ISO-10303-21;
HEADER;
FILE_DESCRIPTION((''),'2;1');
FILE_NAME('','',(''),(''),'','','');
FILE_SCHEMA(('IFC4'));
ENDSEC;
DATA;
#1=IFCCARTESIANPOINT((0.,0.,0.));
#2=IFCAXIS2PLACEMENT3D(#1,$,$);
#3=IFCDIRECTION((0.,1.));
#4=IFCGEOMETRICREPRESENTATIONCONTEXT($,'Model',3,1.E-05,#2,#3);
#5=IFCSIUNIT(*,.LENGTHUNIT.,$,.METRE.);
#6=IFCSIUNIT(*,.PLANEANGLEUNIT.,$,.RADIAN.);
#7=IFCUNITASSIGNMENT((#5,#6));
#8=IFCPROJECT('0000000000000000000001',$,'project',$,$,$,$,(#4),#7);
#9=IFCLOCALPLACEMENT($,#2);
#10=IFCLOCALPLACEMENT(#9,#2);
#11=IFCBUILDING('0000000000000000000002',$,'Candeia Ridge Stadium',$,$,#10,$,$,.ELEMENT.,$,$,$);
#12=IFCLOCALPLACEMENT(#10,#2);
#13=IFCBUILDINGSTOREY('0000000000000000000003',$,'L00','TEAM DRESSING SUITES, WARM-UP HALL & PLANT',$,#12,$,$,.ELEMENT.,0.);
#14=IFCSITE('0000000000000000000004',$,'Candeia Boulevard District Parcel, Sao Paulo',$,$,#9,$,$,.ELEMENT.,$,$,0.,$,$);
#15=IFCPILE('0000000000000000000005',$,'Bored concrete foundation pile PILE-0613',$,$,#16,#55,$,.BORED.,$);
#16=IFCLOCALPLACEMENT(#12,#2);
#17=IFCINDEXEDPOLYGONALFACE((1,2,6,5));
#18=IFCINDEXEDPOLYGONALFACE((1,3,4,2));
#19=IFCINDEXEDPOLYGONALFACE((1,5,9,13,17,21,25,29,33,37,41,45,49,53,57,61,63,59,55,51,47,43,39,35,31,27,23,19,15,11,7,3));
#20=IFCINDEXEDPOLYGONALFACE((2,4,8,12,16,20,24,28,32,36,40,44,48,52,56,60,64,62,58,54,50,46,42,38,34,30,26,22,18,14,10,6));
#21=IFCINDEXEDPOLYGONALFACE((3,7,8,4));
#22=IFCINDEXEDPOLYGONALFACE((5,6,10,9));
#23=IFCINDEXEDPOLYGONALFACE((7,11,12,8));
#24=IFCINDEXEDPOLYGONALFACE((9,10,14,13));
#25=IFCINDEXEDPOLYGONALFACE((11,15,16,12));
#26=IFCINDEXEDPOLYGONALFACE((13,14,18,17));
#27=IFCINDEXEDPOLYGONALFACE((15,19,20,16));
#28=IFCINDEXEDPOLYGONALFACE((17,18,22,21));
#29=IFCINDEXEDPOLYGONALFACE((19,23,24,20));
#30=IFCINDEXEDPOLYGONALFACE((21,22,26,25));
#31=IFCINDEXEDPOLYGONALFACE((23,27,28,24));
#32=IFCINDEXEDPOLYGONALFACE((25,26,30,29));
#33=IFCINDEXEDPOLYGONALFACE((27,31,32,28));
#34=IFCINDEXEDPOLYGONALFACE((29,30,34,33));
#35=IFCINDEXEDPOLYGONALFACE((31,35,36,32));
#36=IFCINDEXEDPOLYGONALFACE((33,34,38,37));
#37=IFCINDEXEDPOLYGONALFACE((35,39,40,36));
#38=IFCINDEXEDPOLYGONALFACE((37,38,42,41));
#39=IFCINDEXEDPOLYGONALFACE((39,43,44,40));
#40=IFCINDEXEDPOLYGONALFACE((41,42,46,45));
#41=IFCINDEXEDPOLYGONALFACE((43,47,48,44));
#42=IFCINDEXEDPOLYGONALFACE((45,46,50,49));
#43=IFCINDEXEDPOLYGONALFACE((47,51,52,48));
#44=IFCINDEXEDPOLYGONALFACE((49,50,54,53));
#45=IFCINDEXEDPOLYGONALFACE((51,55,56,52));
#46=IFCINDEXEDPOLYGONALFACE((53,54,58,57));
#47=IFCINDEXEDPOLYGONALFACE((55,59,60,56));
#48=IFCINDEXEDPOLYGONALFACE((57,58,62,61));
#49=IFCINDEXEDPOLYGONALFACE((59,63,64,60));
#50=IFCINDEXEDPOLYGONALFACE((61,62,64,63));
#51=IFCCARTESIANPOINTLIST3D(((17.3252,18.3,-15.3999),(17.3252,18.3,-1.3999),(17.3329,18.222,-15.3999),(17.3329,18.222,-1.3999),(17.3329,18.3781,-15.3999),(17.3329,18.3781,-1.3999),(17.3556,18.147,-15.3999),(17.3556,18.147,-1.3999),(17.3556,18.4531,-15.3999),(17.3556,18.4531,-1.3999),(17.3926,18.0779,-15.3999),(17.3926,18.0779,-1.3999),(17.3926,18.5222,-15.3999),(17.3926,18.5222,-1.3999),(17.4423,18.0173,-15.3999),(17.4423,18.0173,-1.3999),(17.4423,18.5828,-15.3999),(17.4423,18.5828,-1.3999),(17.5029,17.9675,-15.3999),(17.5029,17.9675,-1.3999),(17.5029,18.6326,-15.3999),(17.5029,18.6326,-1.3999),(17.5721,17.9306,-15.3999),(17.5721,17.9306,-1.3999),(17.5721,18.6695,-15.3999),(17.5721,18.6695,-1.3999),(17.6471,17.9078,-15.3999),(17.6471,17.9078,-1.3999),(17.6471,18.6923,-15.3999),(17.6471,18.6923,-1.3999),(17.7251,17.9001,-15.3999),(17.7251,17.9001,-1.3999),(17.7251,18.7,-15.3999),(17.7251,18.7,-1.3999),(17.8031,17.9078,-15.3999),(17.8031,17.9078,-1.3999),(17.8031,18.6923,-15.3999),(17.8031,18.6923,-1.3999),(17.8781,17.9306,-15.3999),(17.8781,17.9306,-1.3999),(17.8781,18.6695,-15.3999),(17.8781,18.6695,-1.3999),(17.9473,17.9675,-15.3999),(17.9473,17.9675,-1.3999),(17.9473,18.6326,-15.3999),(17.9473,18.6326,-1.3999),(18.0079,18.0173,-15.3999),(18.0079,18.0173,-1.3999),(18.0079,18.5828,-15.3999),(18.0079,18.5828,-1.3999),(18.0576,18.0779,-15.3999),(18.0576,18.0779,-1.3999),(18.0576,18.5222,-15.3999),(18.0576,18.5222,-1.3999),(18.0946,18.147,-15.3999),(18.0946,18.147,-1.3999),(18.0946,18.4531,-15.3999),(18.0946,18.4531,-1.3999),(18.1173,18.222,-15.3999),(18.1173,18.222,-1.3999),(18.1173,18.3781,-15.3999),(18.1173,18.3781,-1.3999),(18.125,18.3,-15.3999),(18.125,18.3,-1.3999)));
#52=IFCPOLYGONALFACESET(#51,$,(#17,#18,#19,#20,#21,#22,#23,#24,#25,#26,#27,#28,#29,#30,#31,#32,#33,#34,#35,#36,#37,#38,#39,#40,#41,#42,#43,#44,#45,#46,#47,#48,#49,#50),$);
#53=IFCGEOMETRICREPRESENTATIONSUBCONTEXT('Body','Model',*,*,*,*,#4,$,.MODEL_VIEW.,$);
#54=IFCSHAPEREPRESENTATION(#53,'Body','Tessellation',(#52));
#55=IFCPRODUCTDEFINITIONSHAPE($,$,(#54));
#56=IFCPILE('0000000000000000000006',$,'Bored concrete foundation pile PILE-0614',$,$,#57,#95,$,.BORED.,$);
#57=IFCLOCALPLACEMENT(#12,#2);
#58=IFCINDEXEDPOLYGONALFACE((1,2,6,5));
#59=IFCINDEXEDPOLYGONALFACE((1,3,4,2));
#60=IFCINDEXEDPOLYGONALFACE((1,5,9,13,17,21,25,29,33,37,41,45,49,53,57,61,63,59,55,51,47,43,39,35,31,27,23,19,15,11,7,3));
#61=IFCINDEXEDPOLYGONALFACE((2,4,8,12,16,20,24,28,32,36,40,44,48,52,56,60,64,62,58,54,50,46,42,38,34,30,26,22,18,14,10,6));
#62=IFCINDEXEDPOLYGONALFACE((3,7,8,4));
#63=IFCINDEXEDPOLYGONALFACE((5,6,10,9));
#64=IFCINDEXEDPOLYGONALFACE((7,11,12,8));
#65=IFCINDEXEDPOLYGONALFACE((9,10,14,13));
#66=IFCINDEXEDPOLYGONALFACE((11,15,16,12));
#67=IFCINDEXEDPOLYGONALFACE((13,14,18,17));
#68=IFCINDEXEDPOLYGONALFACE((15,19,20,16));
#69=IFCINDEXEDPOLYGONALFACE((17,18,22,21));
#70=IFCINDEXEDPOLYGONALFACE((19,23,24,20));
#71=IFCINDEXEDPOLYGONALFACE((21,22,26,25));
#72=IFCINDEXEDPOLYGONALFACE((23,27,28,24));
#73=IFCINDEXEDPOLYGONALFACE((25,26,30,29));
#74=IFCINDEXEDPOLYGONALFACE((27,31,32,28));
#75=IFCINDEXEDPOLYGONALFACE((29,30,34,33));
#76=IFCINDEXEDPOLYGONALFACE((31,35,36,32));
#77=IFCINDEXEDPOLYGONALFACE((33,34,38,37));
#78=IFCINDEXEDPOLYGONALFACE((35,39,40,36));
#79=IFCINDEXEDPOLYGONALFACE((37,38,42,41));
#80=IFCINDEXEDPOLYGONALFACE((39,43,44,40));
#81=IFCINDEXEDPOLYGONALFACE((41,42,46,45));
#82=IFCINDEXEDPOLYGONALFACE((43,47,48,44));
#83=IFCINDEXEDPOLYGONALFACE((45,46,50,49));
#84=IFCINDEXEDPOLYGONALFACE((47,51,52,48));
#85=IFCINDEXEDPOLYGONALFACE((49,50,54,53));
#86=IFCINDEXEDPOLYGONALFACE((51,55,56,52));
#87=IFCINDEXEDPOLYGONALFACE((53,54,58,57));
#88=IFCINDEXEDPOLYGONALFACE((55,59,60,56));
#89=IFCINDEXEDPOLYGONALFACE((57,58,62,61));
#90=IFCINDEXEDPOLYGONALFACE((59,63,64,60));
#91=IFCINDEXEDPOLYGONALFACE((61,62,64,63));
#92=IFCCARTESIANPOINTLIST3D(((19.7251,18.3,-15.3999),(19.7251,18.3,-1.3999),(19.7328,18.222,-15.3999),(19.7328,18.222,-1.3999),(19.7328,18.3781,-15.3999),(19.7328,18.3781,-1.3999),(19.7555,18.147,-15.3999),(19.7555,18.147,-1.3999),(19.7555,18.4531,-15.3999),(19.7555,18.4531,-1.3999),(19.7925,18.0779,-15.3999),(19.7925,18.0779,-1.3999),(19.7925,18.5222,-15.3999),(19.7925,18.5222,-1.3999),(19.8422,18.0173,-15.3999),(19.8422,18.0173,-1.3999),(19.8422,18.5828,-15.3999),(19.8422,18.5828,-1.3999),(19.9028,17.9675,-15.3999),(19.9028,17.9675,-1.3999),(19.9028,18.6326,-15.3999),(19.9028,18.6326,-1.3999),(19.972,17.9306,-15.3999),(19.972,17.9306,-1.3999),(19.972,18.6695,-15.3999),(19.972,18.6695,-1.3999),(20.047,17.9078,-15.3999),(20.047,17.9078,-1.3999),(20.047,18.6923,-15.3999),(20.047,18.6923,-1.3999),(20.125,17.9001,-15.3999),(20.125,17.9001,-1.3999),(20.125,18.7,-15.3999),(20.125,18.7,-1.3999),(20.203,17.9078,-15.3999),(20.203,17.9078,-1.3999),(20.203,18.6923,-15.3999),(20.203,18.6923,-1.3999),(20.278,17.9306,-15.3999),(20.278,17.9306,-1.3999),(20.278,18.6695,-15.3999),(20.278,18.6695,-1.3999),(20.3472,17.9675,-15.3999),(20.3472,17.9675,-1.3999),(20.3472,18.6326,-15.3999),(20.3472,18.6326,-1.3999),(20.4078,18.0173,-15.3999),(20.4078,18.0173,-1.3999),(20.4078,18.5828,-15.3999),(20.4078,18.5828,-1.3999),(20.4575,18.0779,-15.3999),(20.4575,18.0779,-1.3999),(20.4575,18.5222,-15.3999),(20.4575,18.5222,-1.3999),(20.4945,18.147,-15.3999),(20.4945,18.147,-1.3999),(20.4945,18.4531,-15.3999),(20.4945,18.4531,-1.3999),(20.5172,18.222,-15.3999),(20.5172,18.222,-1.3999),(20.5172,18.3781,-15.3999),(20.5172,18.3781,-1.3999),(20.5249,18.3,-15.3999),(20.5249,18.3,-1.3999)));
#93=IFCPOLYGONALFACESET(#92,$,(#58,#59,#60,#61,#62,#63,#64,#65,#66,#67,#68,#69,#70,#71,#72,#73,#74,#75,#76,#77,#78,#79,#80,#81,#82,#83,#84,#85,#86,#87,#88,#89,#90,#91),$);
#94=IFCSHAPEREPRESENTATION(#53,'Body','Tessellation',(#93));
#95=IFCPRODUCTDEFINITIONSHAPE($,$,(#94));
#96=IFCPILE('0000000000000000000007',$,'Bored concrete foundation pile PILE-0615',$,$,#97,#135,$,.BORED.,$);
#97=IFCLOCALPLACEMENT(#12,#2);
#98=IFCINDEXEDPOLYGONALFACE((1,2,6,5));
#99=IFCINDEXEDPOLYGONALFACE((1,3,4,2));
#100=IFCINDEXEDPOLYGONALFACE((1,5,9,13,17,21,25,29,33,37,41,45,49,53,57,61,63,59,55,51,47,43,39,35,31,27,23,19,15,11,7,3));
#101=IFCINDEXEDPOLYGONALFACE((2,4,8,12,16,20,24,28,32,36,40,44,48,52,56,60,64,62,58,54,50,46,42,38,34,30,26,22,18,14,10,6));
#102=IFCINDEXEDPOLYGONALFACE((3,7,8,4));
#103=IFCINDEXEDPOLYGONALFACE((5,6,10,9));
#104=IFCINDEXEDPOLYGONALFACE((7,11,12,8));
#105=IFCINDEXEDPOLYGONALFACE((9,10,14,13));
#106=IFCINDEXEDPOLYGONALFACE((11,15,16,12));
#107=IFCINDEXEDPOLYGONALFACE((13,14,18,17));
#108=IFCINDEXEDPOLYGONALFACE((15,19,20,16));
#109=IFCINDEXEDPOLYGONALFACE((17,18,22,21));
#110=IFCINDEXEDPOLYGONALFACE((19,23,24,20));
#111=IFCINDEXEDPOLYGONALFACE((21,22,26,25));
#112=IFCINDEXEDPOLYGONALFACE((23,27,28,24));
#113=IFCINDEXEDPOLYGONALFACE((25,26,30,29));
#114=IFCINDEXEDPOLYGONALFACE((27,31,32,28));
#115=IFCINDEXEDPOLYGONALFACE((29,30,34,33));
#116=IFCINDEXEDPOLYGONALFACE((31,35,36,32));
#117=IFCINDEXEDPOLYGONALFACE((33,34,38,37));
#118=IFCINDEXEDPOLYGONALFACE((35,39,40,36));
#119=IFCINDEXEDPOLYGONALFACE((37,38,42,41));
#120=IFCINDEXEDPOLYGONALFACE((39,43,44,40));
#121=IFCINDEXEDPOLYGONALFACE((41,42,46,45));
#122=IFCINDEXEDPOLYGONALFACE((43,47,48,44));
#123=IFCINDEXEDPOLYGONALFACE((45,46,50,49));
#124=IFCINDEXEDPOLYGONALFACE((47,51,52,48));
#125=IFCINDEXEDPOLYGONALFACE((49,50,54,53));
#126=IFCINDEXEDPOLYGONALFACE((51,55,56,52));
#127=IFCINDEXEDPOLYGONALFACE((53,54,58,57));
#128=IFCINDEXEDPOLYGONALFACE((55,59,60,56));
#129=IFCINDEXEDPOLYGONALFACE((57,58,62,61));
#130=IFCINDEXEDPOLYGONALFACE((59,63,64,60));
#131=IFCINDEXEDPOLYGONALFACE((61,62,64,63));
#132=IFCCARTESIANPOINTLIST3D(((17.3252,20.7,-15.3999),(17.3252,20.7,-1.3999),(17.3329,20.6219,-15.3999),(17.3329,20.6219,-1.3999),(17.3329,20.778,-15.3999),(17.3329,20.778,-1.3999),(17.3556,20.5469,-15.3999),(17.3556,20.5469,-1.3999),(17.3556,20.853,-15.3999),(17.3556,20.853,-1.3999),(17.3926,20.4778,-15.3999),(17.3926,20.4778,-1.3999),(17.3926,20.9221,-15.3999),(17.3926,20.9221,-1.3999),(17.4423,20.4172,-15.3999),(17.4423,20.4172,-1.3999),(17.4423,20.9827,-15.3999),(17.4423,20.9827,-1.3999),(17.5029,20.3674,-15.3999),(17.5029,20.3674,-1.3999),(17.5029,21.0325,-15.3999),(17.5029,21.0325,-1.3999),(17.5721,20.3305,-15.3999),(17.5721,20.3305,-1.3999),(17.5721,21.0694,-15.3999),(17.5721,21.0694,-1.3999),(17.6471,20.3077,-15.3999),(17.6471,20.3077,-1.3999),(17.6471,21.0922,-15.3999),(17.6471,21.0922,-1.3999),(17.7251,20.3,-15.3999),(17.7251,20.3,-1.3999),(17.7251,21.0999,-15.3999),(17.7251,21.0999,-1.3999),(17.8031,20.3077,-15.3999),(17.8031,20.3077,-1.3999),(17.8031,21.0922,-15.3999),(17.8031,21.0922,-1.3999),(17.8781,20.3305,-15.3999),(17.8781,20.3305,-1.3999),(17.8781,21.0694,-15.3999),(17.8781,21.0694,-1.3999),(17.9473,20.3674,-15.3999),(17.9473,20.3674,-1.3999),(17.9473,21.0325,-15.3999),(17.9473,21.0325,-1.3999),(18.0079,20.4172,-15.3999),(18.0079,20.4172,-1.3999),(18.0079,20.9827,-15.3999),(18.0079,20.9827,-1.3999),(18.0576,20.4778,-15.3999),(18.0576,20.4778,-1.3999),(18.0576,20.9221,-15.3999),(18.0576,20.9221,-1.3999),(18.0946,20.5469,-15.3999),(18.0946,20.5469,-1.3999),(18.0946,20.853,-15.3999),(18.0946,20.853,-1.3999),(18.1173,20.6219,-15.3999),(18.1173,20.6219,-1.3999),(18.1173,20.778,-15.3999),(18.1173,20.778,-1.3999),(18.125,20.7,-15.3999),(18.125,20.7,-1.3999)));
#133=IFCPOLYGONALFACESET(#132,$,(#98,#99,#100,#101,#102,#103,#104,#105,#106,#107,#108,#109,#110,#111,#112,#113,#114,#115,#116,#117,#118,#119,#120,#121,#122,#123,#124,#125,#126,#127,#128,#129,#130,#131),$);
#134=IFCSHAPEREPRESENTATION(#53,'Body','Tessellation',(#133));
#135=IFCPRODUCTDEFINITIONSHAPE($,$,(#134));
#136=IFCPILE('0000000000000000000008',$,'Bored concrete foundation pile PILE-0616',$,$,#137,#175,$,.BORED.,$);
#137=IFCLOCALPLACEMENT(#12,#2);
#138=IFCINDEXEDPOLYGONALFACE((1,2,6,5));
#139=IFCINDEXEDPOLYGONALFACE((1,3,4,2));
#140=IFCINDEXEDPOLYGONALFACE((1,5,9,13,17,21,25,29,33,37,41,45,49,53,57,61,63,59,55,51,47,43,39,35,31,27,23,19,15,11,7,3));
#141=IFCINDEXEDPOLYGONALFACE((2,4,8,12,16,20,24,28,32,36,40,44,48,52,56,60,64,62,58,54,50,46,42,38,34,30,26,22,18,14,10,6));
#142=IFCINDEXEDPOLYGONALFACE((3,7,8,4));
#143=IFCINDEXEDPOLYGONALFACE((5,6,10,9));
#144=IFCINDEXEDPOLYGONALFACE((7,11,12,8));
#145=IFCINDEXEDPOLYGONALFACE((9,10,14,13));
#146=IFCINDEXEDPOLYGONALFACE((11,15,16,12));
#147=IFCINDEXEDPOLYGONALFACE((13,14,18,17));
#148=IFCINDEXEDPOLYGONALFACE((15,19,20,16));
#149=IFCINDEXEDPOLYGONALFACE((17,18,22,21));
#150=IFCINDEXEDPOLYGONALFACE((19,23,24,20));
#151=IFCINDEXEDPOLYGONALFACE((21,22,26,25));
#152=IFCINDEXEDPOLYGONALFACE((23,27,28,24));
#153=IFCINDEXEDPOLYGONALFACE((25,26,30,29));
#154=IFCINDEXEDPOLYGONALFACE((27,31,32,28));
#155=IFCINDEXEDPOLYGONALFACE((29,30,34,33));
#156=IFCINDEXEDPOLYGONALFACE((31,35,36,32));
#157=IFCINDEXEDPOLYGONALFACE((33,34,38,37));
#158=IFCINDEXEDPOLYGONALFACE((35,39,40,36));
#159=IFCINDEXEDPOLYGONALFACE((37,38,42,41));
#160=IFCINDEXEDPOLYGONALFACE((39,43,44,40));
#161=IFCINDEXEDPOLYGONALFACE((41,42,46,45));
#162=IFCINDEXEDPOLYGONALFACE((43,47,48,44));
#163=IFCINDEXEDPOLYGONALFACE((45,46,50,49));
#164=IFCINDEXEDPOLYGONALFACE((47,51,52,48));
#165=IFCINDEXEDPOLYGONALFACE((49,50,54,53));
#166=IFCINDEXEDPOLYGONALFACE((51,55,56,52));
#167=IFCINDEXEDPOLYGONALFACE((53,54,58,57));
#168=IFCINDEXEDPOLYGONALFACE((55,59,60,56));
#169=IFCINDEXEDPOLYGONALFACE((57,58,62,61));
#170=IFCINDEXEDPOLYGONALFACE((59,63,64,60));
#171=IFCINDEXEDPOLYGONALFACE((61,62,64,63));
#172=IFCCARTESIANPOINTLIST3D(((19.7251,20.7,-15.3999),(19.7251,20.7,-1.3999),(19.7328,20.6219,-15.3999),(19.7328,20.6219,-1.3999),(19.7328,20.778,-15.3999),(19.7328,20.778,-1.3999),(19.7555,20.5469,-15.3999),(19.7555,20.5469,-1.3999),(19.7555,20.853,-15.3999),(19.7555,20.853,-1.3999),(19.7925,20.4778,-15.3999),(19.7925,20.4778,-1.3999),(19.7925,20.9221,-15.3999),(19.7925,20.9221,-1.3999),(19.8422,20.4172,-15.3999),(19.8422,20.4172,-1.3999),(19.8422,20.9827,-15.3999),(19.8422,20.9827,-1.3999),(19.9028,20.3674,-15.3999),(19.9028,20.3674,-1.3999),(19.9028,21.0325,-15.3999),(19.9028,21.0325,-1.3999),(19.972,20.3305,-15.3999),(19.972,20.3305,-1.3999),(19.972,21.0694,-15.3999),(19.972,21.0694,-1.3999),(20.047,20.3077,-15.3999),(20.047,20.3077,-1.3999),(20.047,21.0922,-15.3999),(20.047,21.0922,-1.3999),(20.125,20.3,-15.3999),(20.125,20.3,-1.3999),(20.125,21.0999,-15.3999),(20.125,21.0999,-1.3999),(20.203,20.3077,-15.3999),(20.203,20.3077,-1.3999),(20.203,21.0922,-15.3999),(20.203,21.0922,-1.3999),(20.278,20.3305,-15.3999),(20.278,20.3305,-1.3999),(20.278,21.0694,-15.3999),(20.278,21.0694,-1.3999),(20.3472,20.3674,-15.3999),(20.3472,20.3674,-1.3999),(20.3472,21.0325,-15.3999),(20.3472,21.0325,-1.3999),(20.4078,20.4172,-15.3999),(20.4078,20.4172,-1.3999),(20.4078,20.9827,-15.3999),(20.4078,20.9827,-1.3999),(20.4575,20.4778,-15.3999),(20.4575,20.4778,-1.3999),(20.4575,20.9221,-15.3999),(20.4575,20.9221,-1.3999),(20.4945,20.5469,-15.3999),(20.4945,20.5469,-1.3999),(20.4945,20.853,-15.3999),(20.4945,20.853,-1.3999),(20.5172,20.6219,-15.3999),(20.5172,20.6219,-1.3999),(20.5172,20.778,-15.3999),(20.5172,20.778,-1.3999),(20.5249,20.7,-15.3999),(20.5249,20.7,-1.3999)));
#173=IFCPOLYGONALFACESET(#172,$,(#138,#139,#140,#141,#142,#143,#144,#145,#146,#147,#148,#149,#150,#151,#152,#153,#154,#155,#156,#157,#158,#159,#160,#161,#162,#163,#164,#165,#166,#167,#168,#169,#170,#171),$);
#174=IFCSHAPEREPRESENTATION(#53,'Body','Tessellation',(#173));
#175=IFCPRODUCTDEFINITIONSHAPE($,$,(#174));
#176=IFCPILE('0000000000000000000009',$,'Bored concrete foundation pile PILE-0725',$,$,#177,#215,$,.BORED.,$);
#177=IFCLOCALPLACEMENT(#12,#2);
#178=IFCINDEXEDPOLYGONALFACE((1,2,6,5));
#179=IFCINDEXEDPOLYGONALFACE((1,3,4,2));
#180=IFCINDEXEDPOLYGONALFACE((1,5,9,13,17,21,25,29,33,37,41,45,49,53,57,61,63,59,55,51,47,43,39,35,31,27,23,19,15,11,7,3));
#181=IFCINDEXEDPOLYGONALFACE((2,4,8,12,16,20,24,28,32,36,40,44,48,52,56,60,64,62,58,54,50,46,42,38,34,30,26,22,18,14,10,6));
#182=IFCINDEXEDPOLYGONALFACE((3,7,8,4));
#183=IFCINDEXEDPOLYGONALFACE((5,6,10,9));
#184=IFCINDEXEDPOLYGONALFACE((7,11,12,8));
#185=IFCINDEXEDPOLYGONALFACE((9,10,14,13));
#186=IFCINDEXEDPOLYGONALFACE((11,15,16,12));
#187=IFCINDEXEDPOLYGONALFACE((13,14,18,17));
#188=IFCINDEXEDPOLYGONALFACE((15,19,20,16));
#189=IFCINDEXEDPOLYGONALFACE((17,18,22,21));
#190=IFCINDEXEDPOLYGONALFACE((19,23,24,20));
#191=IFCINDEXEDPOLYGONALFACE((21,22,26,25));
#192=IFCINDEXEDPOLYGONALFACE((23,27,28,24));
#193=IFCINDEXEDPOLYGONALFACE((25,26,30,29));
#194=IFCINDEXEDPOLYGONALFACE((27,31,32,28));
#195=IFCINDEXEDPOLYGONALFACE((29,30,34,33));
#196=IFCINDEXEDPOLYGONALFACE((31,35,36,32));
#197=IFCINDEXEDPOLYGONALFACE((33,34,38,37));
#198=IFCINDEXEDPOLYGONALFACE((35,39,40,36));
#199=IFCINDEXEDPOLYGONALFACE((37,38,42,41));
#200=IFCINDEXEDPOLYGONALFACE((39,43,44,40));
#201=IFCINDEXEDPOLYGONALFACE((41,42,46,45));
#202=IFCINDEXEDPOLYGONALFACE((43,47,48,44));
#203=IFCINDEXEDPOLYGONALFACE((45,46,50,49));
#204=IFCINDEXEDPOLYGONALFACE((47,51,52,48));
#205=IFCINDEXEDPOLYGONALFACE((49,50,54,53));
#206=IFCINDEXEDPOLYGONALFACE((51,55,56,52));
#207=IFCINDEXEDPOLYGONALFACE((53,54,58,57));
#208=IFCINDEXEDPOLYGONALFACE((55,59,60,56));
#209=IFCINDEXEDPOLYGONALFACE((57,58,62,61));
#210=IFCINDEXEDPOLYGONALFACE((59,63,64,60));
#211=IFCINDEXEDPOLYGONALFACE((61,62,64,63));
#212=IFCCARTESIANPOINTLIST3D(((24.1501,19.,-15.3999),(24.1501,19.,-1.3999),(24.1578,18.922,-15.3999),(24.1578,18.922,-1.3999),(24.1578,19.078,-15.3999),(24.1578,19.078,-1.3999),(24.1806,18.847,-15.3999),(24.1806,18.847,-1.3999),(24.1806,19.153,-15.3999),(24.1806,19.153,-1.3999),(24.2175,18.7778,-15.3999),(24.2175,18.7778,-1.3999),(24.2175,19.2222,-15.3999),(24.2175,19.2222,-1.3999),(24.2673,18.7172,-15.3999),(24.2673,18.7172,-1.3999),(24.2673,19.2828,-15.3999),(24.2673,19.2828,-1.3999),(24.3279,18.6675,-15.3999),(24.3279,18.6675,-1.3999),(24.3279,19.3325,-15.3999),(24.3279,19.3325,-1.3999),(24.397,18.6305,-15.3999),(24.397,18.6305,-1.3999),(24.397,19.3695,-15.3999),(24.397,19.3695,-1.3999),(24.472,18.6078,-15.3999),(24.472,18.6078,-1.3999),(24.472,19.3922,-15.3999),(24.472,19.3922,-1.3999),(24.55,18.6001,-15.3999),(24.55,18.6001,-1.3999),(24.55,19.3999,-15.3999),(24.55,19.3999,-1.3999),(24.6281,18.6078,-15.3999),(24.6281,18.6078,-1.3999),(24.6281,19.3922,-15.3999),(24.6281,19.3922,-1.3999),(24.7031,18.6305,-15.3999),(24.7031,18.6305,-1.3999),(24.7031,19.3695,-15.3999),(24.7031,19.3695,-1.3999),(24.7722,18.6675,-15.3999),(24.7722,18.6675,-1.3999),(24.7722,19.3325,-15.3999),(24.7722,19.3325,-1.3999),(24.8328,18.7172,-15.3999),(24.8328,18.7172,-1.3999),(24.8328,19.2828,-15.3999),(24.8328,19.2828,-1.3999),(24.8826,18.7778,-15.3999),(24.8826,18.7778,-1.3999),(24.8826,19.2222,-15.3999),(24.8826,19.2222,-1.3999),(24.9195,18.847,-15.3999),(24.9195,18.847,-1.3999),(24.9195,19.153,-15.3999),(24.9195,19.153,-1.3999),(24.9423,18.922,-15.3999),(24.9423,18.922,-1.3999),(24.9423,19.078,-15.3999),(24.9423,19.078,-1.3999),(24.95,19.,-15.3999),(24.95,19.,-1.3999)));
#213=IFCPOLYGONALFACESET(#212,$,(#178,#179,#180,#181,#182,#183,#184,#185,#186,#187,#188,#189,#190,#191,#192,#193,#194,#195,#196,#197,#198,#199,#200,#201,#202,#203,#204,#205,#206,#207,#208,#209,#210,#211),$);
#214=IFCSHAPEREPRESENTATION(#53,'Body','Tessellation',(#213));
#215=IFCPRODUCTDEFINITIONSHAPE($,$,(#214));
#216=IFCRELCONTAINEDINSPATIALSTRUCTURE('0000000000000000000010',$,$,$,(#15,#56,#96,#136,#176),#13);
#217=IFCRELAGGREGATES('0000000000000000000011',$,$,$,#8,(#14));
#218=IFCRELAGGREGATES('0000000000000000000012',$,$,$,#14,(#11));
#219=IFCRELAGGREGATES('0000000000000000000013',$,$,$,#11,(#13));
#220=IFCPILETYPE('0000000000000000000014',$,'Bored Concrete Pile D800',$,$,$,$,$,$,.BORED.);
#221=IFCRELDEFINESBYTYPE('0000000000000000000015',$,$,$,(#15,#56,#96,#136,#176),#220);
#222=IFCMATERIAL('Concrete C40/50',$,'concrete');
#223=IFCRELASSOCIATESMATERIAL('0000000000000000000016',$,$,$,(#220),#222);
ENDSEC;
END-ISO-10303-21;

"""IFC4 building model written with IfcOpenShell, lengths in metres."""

from ifc_helpers import new_model, si_unit, direction, frame, origin, origin_2d, place, context, subcontext, project, spatial, circle, extrude, material, material_profile, profile_set, type_object, element, save


model = new_model("IFC4")

# Units and contexts
model_context = context("Model", 3, precision=1e-05, world=origin(), true_north=direction((0.0, 1.0)))
body_context = subcontext(model_context, "Body", "Model", "MODEL_VIEW")
ifc_project = project(units=[si_unit("LENGTHUNIT", "METRE"), si_unit("PLANEANGLEUNIT", "RADIAN")], contexts=[model_context])

# Site, building, storey
site_placement = place(None, origin())
site = spatial("IfcSite", under=ifc_project, at=site_placement, Name="Candeia Boulevard District Parcel, Sao Paulo", CompositionType="ELEMENT", RefElevation=0.0)
building_placement = place(site_placement, origin())
building = spatial("IfcBuilding", under=site, at=building_placement, Name="Candeia Ridge Stadium", CompositionType="ELEMENT")
storey_placement = place(building_placement, origin())
storey = spatial("IfcBuildingStorey", under=building, at=storey_placement, Name="L00", Description="TEAM DRESSING SUITES, WARM-UP HALL & PLANT", CompositionType="ELEMENT", Elevation=0.0)

# Piles
ifc_material_1 = material(Name="Concrete C40/50", Category="concrete")
ifc_material_profile_1 = material_profile(ifc_material_1, circle(Radius=0.3999, at=origin_2d()), Name="PILE-D800", Category="concrete")
ifc_profile_set_1 = profile_set([ifc_material_profile_1], Name="Concrete C40/50")
pile_type = type_object("IfcPileType", Name="Bored Concrete Pile D800", PredefinedType="BORED", material=ifc_profile_set_1)
for number, where, z_axis, x_axis, name in (
    (1, (17.7251, 18.3, -1.3999), (0.0, 0.0, -1.0), (1.0, 0.0, 0.0), "Bored concrete foundation pile PILE-0613"),
    (2, (20.125, 18.3, -1.3999), (0.0, 0.0, -1.0), (1.0, 0.0, 0.0), "Bored concrete foundation pile PILE-0614"),
    (3, (17.7251, 20.7, -1.3999), (0.0, 0.0, -1.0), (1.0, 0.0, 0.0), "Bored concrete foundation pile PILE-0615"),
    (4, (20.125, 20.7, -1.3999), (0.0, 0.0, -1.0), (1.0, 0.0, 0.0), "Bored concrete foundation pile PILE-0616"),
    (5, (24.55, 19.0, -1.3999), (0.0, 0.0, -1.0), (1.0, 0.0, 0.0), "Bored concrete foundation pile PILE-0725"),
):
    element("IfcPile", number, at=place(storey_placement, frame(where, z_axis=z_axis, x_axis=x_axis)), inside=storey, type_object=pile_type, Name=name, PredefinedType="BORED", context=body_context, shape_type="SweptSolid", body=[
        extrude(circle(Radius=0.3999, at=origin_2d()), origin(), (0.0, 0.0, 1.0), 14.0),
    ])

save(model, "model.ifc")
